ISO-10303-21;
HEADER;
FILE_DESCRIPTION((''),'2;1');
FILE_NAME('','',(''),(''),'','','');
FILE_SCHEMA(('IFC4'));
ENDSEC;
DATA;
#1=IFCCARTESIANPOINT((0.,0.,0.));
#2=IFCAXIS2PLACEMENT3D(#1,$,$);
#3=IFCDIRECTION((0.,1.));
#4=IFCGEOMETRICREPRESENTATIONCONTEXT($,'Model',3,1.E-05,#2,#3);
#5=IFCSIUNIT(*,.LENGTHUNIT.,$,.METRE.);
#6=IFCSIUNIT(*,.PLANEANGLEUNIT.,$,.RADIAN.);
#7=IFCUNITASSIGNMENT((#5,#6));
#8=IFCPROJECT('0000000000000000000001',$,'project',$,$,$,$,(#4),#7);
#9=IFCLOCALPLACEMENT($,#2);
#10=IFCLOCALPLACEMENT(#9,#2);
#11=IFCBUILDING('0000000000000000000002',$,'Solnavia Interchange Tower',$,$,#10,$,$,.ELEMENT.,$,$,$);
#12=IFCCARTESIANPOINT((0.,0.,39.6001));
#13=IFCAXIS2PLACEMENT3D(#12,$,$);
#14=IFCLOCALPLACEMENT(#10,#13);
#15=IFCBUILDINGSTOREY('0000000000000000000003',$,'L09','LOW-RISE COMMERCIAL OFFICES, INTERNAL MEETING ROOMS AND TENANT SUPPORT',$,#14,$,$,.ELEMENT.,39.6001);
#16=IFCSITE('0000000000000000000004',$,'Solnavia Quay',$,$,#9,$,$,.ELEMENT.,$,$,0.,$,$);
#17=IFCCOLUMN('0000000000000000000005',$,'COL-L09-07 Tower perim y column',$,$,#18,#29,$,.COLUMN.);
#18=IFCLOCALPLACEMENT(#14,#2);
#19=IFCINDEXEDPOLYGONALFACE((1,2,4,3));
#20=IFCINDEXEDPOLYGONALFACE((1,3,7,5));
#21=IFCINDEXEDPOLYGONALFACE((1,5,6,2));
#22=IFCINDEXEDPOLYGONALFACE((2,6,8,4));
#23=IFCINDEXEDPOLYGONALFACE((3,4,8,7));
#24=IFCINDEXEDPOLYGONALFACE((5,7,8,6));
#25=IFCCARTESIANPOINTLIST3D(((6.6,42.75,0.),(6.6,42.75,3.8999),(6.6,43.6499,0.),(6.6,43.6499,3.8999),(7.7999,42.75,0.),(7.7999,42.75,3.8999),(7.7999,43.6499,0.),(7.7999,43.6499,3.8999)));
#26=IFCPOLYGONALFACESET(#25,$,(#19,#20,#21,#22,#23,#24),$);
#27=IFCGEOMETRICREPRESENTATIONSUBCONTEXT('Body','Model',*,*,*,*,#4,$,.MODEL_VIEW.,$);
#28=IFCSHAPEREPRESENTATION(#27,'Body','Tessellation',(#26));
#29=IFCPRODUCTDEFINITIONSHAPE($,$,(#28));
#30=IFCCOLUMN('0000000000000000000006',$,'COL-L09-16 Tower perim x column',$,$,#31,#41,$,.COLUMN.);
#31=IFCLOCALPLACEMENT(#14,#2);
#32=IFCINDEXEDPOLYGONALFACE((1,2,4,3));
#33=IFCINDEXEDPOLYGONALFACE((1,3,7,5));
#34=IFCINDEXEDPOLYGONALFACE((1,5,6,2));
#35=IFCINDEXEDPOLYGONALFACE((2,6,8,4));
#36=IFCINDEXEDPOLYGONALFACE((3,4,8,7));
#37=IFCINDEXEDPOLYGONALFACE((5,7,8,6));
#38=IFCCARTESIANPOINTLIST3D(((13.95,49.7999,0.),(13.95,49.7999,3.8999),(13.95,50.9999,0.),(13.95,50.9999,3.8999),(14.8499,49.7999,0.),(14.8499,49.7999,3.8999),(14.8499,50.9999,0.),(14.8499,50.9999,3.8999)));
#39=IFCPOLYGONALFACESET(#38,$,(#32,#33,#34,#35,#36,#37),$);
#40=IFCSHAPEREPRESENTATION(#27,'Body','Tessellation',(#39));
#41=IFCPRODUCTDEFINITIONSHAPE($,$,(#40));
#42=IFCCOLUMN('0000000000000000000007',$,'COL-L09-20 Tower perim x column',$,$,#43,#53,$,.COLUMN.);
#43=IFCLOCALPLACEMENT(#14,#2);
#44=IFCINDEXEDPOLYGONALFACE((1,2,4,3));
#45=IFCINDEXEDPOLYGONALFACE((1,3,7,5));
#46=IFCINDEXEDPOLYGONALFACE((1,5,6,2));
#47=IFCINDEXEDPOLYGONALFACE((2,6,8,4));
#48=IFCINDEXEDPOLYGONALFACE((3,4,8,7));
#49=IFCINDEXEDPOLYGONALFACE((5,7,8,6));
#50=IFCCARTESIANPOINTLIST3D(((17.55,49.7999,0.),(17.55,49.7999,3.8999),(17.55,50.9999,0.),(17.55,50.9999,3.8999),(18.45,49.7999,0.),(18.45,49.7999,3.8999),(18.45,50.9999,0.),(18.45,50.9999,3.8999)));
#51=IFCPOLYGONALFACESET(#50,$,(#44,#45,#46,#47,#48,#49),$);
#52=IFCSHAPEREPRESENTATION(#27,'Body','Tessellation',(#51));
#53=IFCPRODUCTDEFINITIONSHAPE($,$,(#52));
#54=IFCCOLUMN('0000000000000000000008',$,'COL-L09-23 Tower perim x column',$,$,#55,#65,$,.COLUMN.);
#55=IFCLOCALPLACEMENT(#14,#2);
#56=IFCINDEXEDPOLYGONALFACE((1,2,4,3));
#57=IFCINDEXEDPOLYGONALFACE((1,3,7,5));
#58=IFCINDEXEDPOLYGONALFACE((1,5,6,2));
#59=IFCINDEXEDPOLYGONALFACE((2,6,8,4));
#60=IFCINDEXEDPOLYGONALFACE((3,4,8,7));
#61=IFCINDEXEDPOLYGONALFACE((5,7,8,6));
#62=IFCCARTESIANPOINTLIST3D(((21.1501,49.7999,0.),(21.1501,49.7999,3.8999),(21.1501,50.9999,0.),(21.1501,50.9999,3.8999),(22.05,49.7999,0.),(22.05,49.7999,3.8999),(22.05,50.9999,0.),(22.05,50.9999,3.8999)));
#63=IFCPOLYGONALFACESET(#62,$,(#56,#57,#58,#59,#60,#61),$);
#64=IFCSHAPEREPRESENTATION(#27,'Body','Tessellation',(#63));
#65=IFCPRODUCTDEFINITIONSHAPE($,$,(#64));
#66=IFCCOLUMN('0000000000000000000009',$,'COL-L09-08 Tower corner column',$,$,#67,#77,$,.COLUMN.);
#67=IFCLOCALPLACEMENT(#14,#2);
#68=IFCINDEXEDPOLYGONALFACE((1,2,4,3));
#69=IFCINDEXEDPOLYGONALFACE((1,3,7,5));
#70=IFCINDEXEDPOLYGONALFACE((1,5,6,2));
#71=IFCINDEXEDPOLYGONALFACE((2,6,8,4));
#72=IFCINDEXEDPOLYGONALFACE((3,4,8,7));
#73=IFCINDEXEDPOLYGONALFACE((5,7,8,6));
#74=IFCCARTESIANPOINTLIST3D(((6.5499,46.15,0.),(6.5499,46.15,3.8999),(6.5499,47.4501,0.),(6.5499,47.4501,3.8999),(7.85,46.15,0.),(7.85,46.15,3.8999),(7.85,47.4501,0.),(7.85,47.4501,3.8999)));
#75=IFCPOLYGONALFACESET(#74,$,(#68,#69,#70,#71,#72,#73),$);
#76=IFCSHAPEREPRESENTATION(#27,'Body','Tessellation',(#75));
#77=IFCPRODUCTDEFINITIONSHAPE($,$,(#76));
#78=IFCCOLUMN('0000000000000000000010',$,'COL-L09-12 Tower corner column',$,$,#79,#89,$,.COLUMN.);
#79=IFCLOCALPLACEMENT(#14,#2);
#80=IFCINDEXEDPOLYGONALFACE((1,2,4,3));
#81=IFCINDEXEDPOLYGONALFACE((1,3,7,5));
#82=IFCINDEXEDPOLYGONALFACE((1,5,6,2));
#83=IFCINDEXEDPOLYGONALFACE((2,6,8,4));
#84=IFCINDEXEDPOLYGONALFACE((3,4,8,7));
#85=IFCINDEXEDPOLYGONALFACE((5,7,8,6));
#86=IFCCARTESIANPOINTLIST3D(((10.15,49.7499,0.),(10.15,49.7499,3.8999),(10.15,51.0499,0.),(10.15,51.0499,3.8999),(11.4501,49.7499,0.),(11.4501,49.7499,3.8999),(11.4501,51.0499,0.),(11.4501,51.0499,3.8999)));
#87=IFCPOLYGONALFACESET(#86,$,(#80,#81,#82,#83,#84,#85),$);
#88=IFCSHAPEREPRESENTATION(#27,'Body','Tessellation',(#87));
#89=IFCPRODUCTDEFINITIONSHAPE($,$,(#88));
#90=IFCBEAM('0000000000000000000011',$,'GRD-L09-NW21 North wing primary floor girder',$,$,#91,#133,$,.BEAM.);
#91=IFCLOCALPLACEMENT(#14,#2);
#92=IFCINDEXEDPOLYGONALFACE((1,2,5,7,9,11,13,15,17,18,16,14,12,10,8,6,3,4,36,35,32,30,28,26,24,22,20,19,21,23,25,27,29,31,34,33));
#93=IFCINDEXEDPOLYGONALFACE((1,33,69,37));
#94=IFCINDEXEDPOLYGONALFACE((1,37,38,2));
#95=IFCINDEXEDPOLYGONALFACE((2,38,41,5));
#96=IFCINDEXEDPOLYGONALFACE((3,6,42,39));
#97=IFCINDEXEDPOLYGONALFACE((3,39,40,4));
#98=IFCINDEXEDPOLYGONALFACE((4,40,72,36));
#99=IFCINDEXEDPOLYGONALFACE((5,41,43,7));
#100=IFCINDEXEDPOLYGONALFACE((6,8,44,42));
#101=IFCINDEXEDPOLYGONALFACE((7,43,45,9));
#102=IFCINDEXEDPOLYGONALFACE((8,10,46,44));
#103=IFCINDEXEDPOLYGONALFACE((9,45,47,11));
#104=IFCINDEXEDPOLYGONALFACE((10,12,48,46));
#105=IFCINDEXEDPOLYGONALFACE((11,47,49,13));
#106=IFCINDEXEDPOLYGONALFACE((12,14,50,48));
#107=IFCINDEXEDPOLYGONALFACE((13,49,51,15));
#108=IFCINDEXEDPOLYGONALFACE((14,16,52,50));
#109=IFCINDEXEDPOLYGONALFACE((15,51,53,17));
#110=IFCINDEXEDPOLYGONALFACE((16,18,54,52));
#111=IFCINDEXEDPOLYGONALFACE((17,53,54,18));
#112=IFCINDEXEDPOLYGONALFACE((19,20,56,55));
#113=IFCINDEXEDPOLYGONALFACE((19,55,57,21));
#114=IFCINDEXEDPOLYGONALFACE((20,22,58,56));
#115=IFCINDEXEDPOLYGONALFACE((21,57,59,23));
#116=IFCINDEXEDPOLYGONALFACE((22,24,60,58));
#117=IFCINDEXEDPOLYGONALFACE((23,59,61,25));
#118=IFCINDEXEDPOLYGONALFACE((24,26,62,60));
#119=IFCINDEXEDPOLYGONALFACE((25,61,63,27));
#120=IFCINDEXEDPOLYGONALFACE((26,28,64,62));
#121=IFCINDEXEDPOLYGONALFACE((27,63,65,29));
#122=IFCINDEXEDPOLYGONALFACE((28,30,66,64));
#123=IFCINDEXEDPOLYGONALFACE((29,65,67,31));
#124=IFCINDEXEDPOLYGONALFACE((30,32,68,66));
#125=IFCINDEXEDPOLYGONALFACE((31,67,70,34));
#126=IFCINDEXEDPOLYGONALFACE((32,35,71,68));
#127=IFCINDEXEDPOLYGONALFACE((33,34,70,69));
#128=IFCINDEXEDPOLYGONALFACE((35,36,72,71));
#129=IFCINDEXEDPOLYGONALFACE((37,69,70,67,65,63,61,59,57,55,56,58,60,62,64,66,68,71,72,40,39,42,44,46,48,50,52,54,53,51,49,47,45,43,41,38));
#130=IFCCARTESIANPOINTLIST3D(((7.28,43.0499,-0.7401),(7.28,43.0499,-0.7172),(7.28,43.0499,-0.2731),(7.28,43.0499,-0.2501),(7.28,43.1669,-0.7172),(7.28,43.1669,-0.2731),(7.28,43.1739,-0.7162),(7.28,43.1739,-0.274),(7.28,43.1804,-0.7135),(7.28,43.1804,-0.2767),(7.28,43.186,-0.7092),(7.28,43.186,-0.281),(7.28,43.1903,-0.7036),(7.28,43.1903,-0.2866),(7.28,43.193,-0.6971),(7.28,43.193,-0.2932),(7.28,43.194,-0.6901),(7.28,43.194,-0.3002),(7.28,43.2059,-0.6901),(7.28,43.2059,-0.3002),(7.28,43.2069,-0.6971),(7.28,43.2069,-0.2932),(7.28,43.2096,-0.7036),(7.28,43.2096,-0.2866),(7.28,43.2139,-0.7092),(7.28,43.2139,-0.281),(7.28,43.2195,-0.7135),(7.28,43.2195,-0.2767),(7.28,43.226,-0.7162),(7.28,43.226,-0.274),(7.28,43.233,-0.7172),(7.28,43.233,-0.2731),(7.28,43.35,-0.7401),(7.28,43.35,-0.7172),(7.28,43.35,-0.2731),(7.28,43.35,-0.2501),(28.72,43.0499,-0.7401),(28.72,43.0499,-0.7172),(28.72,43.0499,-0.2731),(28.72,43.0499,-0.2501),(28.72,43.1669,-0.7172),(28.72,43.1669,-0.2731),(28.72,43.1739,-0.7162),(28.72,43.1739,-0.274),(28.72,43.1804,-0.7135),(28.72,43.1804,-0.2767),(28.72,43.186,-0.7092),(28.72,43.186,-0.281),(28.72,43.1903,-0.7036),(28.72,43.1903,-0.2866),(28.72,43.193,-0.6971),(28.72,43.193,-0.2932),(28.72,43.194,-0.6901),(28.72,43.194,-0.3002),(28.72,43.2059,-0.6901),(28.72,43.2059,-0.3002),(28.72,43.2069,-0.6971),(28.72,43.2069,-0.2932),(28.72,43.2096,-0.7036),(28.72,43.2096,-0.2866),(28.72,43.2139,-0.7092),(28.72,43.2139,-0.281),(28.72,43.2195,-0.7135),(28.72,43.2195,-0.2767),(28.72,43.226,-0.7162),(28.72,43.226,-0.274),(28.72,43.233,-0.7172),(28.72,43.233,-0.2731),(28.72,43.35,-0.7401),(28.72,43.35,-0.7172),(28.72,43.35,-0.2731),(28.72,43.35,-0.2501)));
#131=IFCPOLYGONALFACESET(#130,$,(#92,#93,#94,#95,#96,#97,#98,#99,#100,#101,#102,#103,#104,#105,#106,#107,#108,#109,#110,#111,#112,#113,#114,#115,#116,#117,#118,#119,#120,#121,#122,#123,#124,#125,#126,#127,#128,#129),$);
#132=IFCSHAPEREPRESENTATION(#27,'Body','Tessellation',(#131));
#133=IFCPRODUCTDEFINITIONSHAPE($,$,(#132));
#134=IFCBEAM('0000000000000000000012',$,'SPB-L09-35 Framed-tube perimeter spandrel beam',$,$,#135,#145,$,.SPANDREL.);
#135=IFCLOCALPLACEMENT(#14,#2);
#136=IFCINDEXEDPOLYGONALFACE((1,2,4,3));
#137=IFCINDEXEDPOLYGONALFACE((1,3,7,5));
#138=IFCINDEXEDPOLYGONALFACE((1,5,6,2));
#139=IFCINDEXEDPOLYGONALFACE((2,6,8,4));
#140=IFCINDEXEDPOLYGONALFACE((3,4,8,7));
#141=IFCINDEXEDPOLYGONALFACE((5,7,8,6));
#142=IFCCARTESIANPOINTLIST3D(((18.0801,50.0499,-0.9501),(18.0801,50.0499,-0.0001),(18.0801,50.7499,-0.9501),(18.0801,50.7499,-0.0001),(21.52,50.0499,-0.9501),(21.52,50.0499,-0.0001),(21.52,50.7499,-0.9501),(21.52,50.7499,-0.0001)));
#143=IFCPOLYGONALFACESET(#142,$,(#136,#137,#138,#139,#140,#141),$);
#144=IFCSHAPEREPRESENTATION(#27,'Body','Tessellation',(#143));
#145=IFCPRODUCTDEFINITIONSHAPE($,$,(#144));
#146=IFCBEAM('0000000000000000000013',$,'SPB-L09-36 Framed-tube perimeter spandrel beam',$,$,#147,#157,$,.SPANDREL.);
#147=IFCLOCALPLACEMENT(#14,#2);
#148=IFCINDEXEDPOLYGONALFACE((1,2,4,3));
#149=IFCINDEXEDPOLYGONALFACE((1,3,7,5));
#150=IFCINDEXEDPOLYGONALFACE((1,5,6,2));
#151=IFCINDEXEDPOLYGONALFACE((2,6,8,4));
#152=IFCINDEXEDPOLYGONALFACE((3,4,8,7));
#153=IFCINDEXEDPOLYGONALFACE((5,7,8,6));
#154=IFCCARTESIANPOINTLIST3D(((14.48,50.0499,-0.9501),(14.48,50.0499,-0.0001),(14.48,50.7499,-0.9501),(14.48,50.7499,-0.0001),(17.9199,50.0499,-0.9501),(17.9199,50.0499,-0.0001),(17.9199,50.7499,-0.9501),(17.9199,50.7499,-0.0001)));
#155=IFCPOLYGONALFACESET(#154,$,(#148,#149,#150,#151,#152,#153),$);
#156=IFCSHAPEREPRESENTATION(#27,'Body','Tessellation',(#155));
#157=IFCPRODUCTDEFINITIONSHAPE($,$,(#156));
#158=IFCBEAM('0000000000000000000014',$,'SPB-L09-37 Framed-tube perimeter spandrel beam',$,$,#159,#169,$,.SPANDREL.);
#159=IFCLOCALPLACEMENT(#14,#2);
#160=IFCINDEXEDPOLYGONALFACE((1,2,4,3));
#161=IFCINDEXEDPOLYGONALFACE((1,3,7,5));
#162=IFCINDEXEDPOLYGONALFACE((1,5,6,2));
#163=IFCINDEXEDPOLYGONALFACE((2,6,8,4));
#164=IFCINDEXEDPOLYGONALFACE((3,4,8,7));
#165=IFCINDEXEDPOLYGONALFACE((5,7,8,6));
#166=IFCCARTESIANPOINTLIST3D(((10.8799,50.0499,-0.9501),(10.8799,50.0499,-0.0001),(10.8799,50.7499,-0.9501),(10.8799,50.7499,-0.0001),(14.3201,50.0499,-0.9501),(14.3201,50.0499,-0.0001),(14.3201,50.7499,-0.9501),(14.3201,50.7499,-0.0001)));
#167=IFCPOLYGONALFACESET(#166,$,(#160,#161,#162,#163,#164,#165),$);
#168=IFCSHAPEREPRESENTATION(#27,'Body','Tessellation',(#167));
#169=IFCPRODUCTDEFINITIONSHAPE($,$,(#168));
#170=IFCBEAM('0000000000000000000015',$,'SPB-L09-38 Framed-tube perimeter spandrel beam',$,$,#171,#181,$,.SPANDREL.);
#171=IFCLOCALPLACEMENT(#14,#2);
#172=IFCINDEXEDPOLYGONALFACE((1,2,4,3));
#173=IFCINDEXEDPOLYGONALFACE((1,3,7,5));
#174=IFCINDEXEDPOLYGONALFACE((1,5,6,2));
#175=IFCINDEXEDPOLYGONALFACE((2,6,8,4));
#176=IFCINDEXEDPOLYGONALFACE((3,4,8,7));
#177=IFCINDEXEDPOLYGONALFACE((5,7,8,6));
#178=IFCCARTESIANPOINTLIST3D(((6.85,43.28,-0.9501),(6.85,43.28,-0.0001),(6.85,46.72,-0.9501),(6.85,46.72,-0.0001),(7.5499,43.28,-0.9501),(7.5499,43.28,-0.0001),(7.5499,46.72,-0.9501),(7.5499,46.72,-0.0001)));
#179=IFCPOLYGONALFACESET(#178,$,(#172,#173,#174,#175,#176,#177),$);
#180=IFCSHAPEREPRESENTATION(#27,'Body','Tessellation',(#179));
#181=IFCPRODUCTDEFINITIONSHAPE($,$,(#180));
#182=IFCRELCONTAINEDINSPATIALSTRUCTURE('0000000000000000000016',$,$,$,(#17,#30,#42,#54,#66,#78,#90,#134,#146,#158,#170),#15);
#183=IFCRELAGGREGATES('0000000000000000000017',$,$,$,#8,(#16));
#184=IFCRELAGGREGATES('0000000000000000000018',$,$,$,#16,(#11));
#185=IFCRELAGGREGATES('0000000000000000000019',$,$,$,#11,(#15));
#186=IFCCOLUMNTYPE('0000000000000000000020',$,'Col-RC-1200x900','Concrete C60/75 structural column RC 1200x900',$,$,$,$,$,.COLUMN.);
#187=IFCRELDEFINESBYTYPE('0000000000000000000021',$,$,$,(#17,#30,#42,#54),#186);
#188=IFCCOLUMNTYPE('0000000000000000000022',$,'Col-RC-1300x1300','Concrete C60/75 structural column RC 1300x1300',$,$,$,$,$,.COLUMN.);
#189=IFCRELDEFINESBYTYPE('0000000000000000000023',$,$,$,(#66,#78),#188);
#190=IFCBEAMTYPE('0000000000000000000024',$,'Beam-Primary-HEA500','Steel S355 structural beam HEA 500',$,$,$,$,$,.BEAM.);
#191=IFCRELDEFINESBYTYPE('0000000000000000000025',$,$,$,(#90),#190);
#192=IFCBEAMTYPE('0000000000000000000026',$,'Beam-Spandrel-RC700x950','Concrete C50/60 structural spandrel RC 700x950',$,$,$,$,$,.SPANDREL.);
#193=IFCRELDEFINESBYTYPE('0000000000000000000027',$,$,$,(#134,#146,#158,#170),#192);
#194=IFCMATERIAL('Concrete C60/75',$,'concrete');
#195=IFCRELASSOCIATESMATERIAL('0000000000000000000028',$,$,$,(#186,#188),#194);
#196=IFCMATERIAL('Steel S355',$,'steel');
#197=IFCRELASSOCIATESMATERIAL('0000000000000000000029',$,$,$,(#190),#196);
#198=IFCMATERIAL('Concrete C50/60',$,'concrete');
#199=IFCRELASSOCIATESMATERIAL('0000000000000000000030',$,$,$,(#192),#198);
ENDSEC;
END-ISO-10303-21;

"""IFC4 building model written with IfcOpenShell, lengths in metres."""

from ifc_helpers import new_model, si_unit, direction, frame, origin, origin_2d, place, context, subcontext, project, spatial, rectangle, i_section, extrude, material, material_profile, profile_set, type_object, element, save


model = new_model("IFC4")

# Units and contexts
model_context = context("Model", 3, precision=1e-05, world=origin(), true_north=direction((0.0, 1.0)))
body_context = subcontext(model_context, "Body", "Model", "MODEL_VIEW")
ifc_project = project(units=[si_unit("LENGTHUNIT", "METRE"), si_unit("PLANEANGLEUNIT", "RADIAN")], contexts=[model_context])

# Site, building, storey
site_placement = place(None, origin())
site = spatial("IfcSite", under=ifc_project, at=site_placement, Name="Solnavia Quay", CompositionType="ELEMENT", RefElevation=0.0)
building_placement = place(site_placement, origin())
building = spatial("IfcBuilding", under=site, at=building_placement, Name="Solnavia Interchange Tower", CompositionType="ELEMENT")
storey_placement = place(building_placement, frame((0.0, 0.0, 39.6001)))
storey = spatial("IfcBuildingStorey", under=building, at=storey_placement, Name="L09", Description="LOW-RISE COMMERCIAL OFFICES, INTERNAL MEETING ROOMS AND TENANT SUPPORT", CompositionType="ELEMENT", Elevation=39.6001)

# Columns
ifc_material_1 = material(Name="Concrete C60/75", Category="concrete")
ifc_material_profile_1 = material_profile(ifc_material_1, rectangle(XDim=0.8999, YDim=1.2, at=origin_2d()), Name="RC 1200x900")
ifc_profile_set_1 = profile_set([ifc_material_profile_1], Name="Concrete C60/75")
column_type_1 = type_object("IfcColumnType", Name="Col-RC-1200x900", Description="Concrete C60/75 structural column RC 1200x900", PredefinedType="COLUMN", material=ifc_profile_set_1)
for number, where, z_axis, x_axis, name in (
    (1, (7.2, 43.2, 0.0), (0.0, 0.0, 1.0), (0.0, 1.0, 0.0), "COL-L09-07 Tower perim y column"),
    (2, (14.3999, 50.3999, 0.0), (0.0, 0.0, 1.0), (1.0, 0.0, 0.0), "COL-L09-16 Tower perim x column"),
    (3, (18.0, 50.3999, 0.0), (0.0, 0.0, 1.0), (1.0, 0.0, 0.0), "COL-L09-20 Tower perim x column"),
    (4, (21.6001, 50.3999, 0.0), (0.0, 0.0, 1.0), (1.0, 0.0, 0.0), "COL-L09-23 Tower perim x column"),
):
    element("IfcColumn", number, at=place(storey_placement, frame(where, z_axis=z_axis, x_axis=x_axis)), inside=storey, type_object=column_type_1, Name=name, PredefinedType="COLUMN", context=body_context, shape_type="SweptSolid", body=[
        extrude(rectangle(XDim=0.8999, YDim=1.2, at=origin_2d()), origin(), (0.0, 0.0, 1.0), 3.8999),
    ])
ifc_material_profile_2 = material_profile(ifc_material_1, rectangle(XDim=1.3, YDim=1.3, at=origin_2d()), Name="RC 1300x1300")
ifc_profile_set_2 = profile_set([ifc_material_profile_2], Name="Concrete C60/75")
column_type_2 = type_object("IfcColumnType", Name="Col-RC-1300x1300", Description="Concrete C60/75 structural column RC 1300x1300", PredefinedType="COLUMN", material=ifc_profile_set_2)
for number, where, z_axis, x_axis, name in (
    (5, (7.2, 46.8, 0.0), (0.0, 0.0, 1.0), (0.0, 1.0, 0.0), "COL-L09-08 Tower corner column"),
    (6, (10.8, 50.3999, 0.0), (0.0, 0.0, 1.0), (1.0, 0.0, 0.0), "COL-L09-12 Tower corner column"),
):
    element("IfcColumn", number, at=place(storey_placement, frame(where, z_axis=z_axis, x_axis=x_axis)), inside=storey, type_object=column_type_2, Name=name, PredefinedType="COLUMN", context=body_context, shape_type="SweptSolid", body=[
        extrude(rectangle(XDim=1.3, YDim=1.3, at=origin_2d()), origin(), (0.0, 0.0, 1.0), 3.8999),
    ])

# Beams
ifc_material_2 = material(Name="Steel S355", Category="steel")
ifc_material_profile_3 = material_profile(ifc_material_2, i_section(OverallWidth=0.3, OverallDepth=0.49, WebThickness=0.012, FlangeThickness=0.0229, FilletRadius=0.0271, at=origin_2d()), Name="HEA 500")
ifc_profile_set_3 = profile_set([ifc_material_profile_3], Name="Steel S355")
beam_type_1 = type_object("IfcBeamType", Name="Beam-Primary-HEA500", Description="Steel S355 structural beam HEA 500", PredefinedType="BEAM", material=ifc_profile_set_3)
beam_1_placement = place(storey_placement, frame((7.28, 43.2, -0.4951), z_axis=(1.0, 0.0, 0.0), x_axis=(0.0, 1.0, 0.0)))
element("IfcBeam", 7, at=beam_1_placement, inside=storey, type_object=beam_type_1, Name="GRD-L09-NW21 North wing primary floor girder", PredefinedType="BEAM", context=body_context, shape_type="SweptSolid", body=[
    extrude(i_section(OverallWidth=0.3, OverallDepth=0.49, WebThickness=0.012, FlangeThickness=0.0229, FilletRadius=0.0271, at=origin_2d()), origin(), (0.0, 0.0, 1.0), 21.4399),
])
ifc_material_3 = material(Name="Concrete C50/60", Category="concrete")
ifc_material_profile_4 = material_profile(ifc_material_3, rectangle(XDim=0.7, YDim=0.95, at=origin_2d()), Name="RC 700x950")
ifc_profile_set_4 = profile_set([ifc_material_profile_4], Name="Concrete C50/60")
beam_type_2 = type_object("IfcBeamType", Name="Beam-Spandrel-RC700x950", Description="Concrete C50/60 structural spandrel RC 700x950", PredefinedType="SPANDREL", material=ifc_profile_set_4)
for number, where, z_axis, x_axis, name in (
    (8, (21.52, 50.3999, -0.4751), (-1.0, 0.0, 0.0), (0.0, -1.0, 0.0), "SPB-L09-35 Framed-tube perimeter spandrel beam"),
    (9, (17.9199, 50.3999, -0.4751), (-1.0, 0.0, 0.0), (0.0, -1.0, 0.0), "SPB-L09-36 Framed-tube perimeter spandrel beam"),
):
    element("IfcBeam", number, at=place(storey_placement, frame(where, z_axis=z_axis, x_axis=x_axis)), inside=storey, type_object=beam_type_2, Name=name, PredefinedType="SPANDREL", context=body_context, shape_type="SweptSolid", body=[
        extrude(rectangle(XDim=0.7, YDim=0.95, at=origin_2d()), origin(), (0.0, 0.0, 1.0), 3.4399),
    ])
beam_2_placement = place(storey_placement, frame((14.3201, 50.3999, -0.4751), z_axis=(-1.0, 0.0, 0.0), x_axis=(0.0, -1.0, 0.0)))
element("IfcBeam", 10, at=beam_2_placement, inside=storey, type_object=beam_type_2, Name="SPB-L09-37 Framed-tube perimeter spandrel beam", PredefinedType="SPANDREL", context=body_context, shape_type="SweptSolid", body=[
    extrude(rectangle(XDim=0.7, YDim=0.95, at=origin_2d()), origin(), (0.0, 0.0, 1.0), 3.4402),
])
beam_3_placement = place(storey_placement, frame((7.2, 46.72, -0.4751), z_axis=(0.0, -1.0, 0.0), x_axis=(1.0, 0.0, 0.0)))
element("IfcBeam", 11, at=beam_3_placement, inside=storey, type_object=beam_type_2, Name="SPB-L09-38 Framed-tube perimeter spandrel beam", PredefinedType="SPANDREL", context=body_context, shape_type="SweptSolid", body=[
    extrude(rectangle(XDim=0.7, YDim=0.95, at=origin_2d()), origin(), (0.0, 0.0, 1.0), 3.4399),
])

save(model, "model.ifc")
